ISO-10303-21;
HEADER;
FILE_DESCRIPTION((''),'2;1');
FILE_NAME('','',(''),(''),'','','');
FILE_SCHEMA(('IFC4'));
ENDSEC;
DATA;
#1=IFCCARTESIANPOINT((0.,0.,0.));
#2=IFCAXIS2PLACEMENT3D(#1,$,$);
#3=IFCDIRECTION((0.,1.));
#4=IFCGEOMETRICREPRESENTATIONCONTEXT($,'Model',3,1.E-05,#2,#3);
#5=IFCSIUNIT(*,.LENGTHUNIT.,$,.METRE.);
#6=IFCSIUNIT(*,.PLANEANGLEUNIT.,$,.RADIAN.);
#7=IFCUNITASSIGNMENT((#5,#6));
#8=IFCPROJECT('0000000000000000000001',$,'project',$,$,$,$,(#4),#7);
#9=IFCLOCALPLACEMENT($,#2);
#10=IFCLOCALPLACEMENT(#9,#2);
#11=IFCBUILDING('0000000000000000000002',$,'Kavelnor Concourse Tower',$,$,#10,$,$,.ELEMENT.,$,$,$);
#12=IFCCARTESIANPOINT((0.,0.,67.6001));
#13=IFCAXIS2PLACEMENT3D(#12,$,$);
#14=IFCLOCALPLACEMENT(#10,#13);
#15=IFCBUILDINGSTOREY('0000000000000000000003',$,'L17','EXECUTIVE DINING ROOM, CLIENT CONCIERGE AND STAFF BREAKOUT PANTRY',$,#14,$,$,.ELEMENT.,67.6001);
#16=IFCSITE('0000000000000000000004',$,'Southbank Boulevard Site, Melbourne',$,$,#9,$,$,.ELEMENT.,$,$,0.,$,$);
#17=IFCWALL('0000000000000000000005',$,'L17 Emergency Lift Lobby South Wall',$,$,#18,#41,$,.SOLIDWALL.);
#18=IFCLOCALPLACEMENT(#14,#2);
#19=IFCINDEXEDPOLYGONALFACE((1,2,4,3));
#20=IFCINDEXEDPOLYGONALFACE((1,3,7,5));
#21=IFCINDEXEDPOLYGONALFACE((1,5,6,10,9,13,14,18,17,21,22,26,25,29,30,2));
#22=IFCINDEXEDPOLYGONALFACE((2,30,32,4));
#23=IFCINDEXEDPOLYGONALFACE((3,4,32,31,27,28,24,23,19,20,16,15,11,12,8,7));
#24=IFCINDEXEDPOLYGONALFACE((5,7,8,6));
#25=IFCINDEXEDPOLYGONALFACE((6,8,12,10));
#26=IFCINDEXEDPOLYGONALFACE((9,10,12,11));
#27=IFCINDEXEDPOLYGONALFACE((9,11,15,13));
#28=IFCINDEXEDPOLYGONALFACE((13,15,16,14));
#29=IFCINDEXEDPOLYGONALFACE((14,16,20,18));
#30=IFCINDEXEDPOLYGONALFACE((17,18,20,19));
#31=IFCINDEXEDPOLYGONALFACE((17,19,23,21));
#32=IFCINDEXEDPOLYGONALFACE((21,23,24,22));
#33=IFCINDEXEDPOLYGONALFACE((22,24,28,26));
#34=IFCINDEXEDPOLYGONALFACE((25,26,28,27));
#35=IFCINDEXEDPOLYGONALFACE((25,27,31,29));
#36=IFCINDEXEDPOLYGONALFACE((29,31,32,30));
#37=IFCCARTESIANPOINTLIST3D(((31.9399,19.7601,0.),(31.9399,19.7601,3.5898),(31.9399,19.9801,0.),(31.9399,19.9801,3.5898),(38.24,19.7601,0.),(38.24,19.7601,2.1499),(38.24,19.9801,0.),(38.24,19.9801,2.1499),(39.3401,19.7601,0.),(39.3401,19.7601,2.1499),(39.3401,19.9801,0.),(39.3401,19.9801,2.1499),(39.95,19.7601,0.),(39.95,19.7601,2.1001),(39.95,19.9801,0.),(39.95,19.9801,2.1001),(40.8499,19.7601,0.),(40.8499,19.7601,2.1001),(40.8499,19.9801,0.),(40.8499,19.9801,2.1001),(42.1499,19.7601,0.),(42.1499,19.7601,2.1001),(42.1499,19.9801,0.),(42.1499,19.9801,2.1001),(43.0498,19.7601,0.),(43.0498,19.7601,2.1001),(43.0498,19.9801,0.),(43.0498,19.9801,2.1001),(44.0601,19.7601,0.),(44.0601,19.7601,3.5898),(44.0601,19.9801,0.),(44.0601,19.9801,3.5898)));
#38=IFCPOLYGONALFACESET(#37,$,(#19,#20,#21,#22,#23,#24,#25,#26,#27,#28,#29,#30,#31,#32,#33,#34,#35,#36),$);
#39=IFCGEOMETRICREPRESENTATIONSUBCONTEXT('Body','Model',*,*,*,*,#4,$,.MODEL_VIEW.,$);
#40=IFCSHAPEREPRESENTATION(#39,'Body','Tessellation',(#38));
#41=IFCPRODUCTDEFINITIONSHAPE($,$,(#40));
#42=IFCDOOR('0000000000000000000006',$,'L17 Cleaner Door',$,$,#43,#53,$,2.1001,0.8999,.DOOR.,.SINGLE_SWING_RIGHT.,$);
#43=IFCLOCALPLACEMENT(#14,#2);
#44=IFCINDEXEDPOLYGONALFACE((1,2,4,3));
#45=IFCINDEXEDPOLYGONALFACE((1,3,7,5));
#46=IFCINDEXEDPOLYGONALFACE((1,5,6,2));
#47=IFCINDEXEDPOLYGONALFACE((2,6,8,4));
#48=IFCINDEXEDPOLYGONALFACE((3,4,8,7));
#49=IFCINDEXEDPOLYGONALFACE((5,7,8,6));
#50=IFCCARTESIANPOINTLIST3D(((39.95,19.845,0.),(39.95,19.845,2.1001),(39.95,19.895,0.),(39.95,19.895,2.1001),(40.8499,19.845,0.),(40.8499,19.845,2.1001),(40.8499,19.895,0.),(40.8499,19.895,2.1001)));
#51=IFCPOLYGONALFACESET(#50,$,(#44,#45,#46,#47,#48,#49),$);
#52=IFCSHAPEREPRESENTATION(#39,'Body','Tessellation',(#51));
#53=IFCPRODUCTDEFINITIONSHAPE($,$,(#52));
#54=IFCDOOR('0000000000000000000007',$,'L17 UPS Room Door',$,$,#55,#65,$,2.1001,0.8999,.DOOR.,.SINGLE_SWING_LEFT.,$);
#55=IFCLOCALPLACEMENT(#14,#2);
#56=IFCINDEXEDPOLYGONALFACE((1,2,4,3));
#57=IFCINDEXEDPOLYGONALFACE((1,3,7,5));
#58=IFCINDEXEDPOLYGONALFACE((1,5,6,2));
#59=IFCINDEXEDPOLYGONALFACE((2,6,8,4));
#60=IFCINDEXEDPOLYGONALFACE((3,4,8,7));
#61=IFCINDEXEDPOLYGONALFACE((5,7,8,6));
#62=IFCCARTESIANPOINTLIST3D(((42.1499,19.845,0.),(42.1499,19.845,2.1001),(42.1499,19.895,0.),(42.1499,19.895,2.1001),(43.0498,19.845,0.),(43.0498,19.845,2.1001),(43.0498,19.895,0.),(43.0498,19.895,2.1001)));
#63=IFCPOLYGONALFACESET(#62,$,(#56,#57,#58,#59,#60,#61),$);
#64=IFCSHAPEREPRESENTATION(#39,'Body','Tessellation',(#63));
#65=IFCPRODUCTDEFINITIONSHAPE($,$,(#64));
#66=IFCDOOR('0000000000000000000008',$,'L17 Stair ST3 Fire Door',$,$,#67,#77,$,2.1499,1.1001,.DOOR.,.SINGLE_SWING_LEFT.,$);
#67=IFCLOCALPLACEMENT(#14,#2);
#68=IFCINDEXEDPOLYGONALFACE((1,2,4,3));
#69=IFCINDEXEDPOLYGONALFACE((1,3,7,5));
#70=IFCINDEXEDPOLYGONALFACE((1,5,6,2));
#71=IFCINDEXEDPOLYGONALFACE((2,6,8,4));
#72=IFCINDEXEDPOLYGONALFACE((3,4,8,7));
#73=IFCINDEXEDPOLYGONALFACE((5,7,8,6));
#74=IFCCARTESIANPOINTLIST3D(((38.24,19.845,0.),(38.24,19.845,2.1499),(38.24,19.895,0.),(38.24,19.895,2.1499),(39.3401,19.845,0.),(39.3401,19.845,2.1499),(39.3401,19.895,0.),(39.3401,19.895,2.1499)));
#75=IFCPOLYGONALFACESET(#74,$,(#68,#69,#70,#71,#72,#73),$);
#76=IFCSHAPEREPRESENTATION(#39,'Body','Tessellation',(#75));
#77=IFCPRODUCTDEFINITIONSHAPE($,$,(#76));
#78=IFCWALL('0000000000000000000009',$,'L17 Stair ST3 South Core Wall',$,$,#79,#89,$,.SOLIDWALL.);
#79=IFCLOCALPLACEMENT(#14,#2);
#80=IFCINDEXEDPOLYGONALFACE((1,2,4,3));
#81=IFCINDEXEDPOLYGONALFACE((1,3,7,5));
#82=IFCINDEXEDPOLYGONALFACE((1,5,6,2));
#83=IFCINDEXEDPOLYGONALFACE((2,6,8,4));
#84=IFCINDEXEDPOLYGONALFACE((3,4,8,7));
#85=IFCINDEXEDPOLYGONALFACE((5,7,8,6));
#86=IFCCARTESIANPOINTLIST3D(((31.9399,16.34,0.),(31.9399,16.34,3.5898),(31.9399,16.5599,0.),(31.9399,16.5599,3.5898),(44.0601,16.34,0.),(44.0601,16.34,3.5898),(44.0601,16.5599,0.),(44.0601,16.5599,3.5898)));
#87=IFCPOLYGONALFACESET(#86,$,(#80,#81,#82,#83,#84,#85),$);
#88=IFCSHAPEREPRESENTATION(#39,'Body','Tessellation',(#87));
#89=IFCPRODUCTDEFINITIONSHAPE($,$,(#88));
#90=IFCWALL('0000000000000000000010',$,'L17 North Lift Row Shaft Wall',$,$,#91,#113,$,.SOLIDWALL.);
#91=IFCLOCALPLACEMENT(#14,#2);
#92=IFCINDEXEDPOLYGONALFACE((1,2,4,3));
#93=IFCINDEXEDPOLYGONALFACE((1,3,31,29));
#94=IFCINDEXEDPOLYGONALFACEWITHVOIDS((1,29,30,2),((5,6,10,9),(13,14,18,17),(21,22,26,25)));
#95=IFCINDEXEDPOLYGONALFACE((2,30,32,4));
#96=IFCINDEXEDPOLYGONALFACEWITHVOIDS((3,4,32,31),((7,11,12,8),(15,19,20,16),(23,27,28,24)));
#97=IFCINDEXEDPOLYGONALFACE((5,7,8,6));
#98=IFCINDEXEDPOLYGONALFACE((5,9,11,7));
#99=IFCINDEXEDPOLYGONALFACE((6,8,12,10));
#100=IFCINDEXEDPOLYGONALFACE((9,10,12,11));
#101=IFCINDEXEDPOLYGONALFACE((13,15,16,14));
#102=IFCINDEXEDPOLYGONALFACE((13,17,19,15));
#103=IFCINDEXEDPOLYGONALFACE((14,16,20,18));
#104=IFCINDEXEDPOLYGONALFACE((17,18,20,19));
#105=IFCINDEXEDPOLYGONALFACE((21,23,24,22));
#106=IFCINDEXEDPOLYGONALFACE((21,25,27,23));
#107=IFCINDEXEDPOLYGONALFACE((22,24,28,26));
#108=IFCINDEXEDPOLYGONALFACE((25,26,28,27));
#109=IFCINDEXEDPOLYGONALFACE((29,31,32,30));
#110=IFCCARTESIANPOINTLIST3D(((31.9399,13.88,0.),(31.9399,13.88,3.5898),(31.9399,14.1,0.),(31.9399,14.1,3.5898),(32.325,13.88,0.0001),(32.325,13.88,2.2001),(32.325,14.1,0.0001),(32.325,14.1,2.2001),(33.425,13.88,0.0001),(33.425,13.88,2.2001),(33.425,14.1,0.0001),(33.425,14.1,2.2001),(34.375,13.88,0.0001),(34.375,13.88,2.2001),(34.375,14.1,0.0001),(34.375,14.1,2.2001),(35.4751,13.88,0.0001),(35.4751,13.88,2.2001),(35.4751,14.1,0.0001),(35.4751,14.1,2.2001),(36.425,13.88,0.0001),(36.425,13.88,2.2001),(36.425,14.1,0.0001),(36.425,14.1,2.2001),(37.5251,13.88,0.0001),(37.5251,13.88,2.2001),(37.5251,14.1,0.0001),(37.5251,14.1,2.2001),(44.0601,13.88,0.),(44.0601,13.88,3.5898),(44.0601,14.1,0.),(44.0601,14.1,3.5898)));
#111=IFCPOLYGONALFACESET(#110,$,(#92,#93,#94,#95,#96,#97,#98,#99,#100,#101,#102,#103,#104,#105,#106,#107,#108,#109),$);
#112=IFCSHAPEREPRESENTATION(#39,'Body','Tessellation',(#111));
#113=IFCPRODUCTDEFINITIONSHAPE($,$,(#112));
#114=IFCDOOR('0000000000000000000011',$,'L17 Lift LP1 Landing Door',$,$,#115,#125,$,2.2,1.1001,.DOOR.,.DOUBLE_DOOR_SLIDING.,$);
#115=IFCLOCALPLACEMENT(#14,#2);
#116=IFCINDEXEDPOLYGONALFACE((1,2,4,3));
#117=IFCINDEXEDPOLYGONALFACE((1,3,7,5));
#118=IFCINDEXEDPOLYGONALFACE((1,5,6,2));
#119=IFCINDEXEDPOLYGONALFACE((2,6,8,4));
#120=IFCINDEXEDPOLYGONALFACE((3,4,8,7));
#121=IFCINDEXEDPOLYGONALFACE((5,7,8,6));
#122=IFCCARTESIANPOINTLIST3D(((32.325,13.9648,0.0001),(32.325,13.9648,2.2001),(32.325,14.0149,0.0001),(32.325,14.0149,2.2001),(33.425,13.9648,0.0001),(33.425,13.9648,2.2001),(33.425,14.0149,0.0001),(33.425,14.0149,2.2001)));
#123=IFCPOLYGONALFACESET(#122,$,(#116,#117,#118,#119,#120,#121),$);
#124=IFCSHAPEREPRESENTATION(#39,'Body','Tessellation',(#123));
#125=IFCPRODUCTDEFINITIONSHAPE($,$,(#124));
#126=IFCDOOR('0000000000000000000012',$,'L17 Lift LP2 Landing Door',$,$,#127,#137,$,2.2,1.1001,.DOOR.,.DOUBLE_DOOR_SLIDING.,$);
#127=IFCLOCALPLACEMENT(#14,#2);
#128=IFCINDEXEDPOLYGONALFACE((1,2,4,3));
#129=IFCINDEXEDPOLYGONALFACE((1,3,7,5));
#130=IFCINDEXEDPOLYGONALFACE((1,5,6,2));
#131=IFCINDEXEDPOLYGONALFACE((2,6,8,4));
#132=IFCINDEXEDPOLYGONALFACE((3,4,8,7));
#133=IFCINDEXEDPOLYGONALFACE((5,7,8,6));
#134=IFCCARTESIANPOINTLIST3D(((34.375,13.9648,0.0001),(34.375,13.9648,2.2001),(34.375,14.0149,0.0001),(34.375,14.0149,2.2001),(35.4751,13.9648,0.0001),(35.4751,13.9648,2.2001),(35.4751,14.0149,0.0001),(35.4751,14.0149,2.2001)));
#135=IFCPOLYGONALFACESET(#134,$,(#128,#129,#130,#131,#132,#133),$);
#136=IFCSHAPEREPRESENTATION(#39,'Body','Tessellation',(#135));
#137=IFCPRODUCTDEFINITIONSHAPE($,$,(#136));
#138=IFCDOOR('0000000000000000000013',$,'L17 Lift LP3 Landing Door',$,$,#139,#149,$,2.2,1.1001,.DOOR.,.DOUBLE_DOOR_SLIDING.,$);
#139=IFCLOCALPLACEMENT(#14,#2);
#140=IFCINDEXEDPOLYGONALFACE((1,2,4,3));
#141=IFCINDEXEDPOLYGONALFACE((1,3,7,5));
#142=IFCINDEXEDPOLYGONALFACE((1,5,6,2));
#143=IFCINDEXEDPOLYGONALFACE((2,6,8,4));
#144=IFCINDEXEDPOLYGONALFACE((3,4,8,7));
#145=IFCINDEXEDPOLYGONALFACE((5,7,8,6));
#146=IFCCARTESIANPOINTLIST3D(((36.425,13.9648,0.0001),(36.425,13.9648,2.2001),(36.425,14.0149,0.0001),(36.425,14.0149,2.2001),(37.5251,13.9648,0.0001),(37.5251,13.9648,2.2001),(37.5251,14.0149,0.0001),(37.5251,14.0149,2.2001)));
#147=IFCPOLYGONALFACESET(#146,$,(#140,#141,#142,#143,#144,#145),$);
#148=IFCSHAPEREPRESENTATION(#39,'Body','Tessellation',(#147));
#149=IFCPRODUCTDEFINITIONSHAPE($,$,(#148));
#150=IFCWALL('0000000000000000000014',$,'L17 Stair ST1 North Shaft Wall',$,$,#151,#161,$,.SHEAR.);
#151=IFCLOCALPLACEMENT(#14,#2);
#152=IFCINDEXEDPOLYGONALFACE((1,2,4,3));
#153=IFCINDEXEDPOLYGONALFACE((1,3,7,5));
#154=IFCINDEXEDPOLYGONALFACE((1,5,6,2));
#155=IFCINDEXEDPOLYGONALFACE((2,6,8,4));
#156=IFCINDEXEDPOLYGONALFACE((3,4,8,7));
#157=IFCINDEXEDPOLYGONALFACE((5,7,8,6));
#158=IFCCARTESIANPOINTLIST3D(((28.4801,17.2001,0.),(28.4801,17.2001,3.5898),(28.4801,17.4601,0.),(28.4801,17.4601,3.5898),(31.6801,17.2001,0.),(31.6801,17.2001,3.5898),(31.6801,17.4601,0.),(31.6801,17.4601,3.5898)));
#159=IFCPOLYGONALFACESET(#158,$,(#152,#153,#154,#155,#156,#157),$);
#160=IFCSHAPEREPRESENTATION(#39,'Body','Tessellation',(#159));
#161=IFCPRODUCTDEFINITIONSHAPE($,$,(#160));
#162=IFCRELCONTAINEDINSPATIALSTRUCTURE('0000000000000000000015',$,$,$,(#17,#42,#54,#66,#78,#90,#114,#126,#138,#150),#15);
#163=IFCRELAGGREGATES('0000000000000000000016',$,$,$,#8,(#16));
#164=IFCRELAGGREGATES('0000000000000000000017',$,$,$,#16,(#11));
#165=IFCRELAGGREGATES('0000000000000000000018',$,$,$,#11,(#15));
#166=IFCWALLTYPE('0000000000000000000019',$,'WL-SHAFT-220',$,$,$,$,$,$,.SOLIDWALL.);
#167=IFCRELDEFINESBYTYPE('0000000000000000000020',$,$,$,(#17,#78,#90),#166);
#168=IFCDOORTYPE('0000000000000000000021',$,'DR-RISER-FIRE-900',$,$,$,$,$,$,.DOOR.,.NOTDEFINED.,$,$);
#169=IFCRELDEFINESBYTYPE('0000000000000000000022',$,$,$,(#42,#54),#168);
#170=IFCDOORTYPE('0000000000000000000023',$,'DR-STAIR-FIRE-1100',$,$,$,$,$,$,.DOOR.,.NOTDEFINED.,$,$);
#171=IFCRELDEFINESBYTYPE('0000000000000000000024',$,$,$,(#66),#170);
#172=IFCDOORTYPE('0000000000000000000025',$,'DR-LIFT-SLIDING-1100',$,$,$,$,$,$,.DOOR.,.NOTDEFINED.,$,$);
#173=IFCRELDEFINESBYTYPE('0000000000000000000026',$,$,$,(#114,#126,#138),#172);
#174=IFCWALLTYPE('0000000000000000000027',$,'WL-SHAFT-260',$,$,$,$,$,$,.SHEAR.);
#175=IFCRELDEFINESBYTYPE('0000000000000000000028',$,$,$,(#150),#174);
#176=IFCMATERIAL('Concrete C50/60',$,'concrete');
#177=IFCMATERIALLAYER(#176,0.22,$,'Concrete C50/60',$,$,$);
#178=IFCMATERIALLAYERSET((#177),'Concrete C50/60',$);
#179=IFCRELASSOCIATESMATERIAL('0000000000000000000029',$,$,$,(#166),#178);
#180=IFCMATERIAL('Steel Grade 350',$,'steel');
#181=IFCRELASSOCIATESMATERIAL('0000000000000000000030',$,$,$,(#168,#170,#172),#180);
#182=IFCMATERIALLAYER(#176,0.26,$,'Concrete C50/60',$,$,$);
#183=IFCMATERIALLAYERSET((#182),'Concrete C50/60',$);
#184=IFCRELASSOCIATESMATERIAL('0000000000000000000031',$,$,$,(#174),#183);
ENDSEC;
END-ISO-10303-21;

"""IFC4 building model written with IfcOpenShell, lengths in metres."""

from ifc_helpers import new_model, si_unit, direction, frame, frame_2d, origin, place, context, subcontext, project, spatial, rectangle, extrude, material, layer, layer_set, type_object, element, fill, save


model = new_model("IFC4")

# Units and contexts
model_context = context("Model", 3, precision=1e-05, world=origin(), true_north=direction((0.0, 1.0)))
body_context = subcontext(model_context, "Body", "Model", "MODEL_VIEW")
ifc_project = project(units=[si_unit("LENGTHUNIT", "METRE"), si_unit("PLANEANGLEUNIT", "RADIAN")], contexts=[model_context])

# Site, building, storey
site_placement = place(None, origin())
site = spatial("IfcSite", under=ifc_project, at=site_placement, Name="Southbank Boulevard Site, Melbourne", CompositionType="ELEMENT", RefElevation=0.0)
building_placement = place(site_placement, origin())
building = spatial("IfcBuilding", under=site, at=building_placement, Name="Kavelnor Concourse Tower", CompositionType="ELEMENT")
storey_placement = place(building_placement, frame((0.0, 0.0, 67.6001)))
storey = spatial("IfcBuildingStorey", under=building, at=storey_placement, Name="L17", Description="EXECUTIVE DINING ROOM, CLIENT CONCIERGE AND STAFF BREAKOUT PANTRY", CompositionType="ELEMENT", Elevation=67.6001)

# Shared definitions
ifc_material_1 = material(Name="Steel Grade 350", Category="steel")

# Wall, openings, doors
ifc_material_2 = material(Name="Concrete C50/60", Category="concrete")
ifc_layer_1 = layer(ifc_material_2, 0.22, Name="Concrete C50/60")
ifc_layer_set_1 = layer_set([ifc_layer_1], Name="Concrete C50/60")
wall_type_1 = type_object("IfcWallType", Name="WL-SHAFT-220", PredefinedType="SOLIDWALL", material=ifc_layer_set_1)
wall_1_placement = place(storey_placement, frame((31.9399, 19.8701, 0.0), z_axis=(0.0, 0.0, 1.0), x_axis=(1.0, 0.0, 0.0)))
wall_1 = element("IfcWall", 1, at=wall_1_placement, inside=storey, type_object=wall_type_1, Name="L17 Emergency Lift Lobby South Wall", PredefinedType="SOLIDWALL", context=body_context, shape_type="SweptSolid", body=[
    extrude(rectangle(XDim=12.1201, YDim=0.22, at=frame_2d((6.0601, 0.0))), origin(), (0.0, 0.0, 1.0), 3.5898),
])
opening_1_placement = place(wall_1_placement, frame((6.3, 0.0, 0.0)))
opening_1 = element("IfcOpeningElement", 2, at=opening_1_placement, cuts=wall_1, PredefinedType="OPENING", context=body_context, shape_type="SweptSolid", body=[
    extrude(rectangle(XDim=1.1001, YDim=2.1499, at=frame_2d((0.55, 1.075))), frame((0.0, 0.1201, 0.0), z_axis=(0.0, -1.0, 0.0), x_axis=(1.0, 0.0, 0.0)), (0.0, 0.0, 1.0), 0.24),
])
opening_2_placement = place(wall_1_placement, frame((8.01, 0.0, 0.0)))
opening_2 = element("IfcOpeningElement", 3, at=opening_2_placement, cuts=wall_1, PredefinedType="OPENING", context=body_context, shape_type="SweptSolid", body=[
    extrude(rectangle(XDim=0.8999, YDim=2.1001, at=frame_2d((0.45, 1.05))), frame((0.0, 0.1201, 0.0), z_axis=(0.0, -1.0, 0.0), x_axis=(1.0, 0.0, 0.0)), (0.0, 0.0, 1.0), 0.24),
])
opening_3_placement = place(wall_1_placement, frame((10.21, 0.0, 0.0)))
opening_3 = element("IfcOpeningElement", 4, at=opening_3_placement, cuts=wall_1, PredefinedType="OPENING", context=body_context, shape_type="SweptSolid", body=[
    extrude(rectangle(XDim=0.8999, YDim=2.1001, at=frame_2d((0.45, 1.05))), frame((0.0, 0.1201, 0.0), z_axis=(0.0, -1.0, 0.0), x_axis=(1.0, 0.0, 0.0)), (0.0, 0.0, 1.0), 0.24),
])
door_type_1 = type_object("IfcDoorType", Name="DR-RISER-FIRE-900", OperationType="NOTDEFINED", PredefinedType="DOOR", material=ifc_material_1)
door_1_placement = place(opening_2_placement, origin())
door_1 = element("IfcDoor", 5, at=door_1_placement, inside=storey, type_object=door_type_1, Name="L17 Cleaner Door", OperationType="SINGLE_SWING_RIGHT", OverallHeight=2.1001, OverallWidth=0.8999, PredefinedType="DOOR", context=body_context, shape_type="SweptSolid", body=[
    extrude(rectangle(XDim=0.8999, YDim=2.1001, at=frame_2d((0.45, 1.05))), frame((0.0, 0.0249, 0.0), z_axis=(0.0, -1.0, 0.0), x_axis=(1.0, 0.0, 0.0)), (0.0, 0.0, 1.0), 0.05),
])
fill(opening_2, door_1)
door_2_placement = place(opening_3_placement, origin())
door_2 = element("IfcDoor", 6, at=door_2_placement, inside=storey, type_object=door_type_1, Name="L17 UPS Room Door", OperationType="SINGLE_SWING_LEFT", OverallHeight=2.1001, OverallWidth=0.8999, PredefinedType="DOOR", context=body_context, shape_type="SweptSolid", body=[
    extrude(rectangle(XDim=0.8999, YDim=2.1001, at=frame_2d((0.45, 1.05))), frame((0.0, 0.0249, 0.0), z_axis=(0.0, -1.0, 0.0), x_axis=(1.0, 0.0, 0.0)), (0.0, 0.0, 1.0), 0.05),
])
fill(opening_3, door_2)
door_type_2 = type_object("IfcDoorType", Name="DR-STAIR-FIRE-1100", OperationType="NOTDEFINED", PredefinedType="DOOR", material=ifc_material_1)
door_3_placement = place(opening_1_placement, origin())
door_3 = element("IfcDoor", 7, at=door_3_placement, inside=storey, type_object=door_type_2, Name="L17 Stair ST3 Fire Door", OperationType="SINGLE_SWING_LEFT", OverallHeight=2.1499, OverallWidth=1.1001, PredefinedType="DOOR", context=body_context, shape_type="SweptSolid", body=[
    extrude(rectangle(XDim=1.1001, YDim=2.1499, at=frame_2d((0.55, 1.075))), frame((0.0, 0.0249, 0.0), z_axis=(0.0, -1.0, 0.0), x_axis=(1.0, 0.0, 0.0)), (0.0, 0.0, 1.0), 0.05),
])
fill(opening_1, door_3)

# Wall
wall_2_placement = place(storey_placement, frame((31.9399, 16.45, 0.0), z_axis=(0.0, 0.0, 1.0), x_axis=(1.0, 0.0, 0.0)))
element("IfcWall", 8, at=wall_2_placement, inside=storey, type_object=wall_type_1, Name="L17 Stair ST3 South Core Wall", PredefinedType="SOLIDWALL", context=body_context, shape_type="SweptSolid", body=[
    extrude(rectangle(XDim=12.1201, YDim=0.22, at=frame_2d((6.0601, 0.0))), origin(), (0.0, 0.0, 1.0), 3.5898),
])

# Wall, openings, doors
wall_3_placement = place(storey_placement, frame((31.9399, 13.99, 0.0), z_axis=(0.0, 0.0, 1.0), x_axis=(1.0, 0.0, 0.0)))
wall_3 = element("IfcWall", 9, at=wall_3_placement, inside=storey, type_object=wall_type_1, Name="L17 North Lift Row Shaft Wall", PredefinedType="SOLIDWALL", context=body_context, shape_type="SweptSolid", body=[
    extrude(rectangle(XDim=12.1201, YDim=0.22, at=frame_2d((6.0601, 0.0))), origin(), (0.0, 0.0, 1.0), 3.5898),
])
opening_4_placement = place(wall_3_placement, frame((0.385, 0.0, 0.0)))
opening_4 = element("IfcOpeningElement", 10, at=opening_4_placement, cuts=wall_3, PredefinedType="OPENING", context=body_context, shape_type="SweptSolid", body=[
    extrude(rectangle(XDim=1.1001, YDim=2.2, at=frame_2d((0.55, 1.1001))), frame((0.0, 0.1201, 0.0), z_axis=(0.0, -1.0, 0.0), x_axis=(1.0, 0.0, 0.0)), (0.0, 0.0, 1.0), 0.24),
])
opening_5_placement = place(wall_3_placement, frame((2.4351, 0.0, 0.0)))
opening_5 = element("IfcOpeningElement", 11, at=opening_5_placement, cuts=wall_3, PredefinedType="OPENING", context=body_context, shape_type="SweptSolid", body=[
    extrude(rectangle(XDim=1.1001, YDim=2.2, at=frame_2d((0.55, 1.1001))), frame((0.0, 0.1201, 0.0), z_axis=(0.0, -1.0, 0.0), x_axis=(1.0, 0.0, 0.0)), (0.0, 0.0, 1.0), 0.24),
])
opening_6_placement = place(wall_3_placement, frame((4.4851, 0.0, 0.0)))
opening_6 = element("IfcOpeningElement", 12, at=opening_6_placement, cuts=wall_3, PredefinedType="OPENING", context=body_context, shape_type="SweptSolid", body=[
    extrude(rectangle(XDim=1.1001, YDim=2.2, at=frame_2d((0.55, 1.1001))), frame((0.0, 0.1201, 0.0), z_axis=(0.0, -1.0, 0.0), x_axis=(1.0, 0.0, 0.0)), (0.0, 0.0, 1.0), 0.24),
])
door_type_3 = type_object("IfcDoorType", Name="DR-LIFT-SLIDING-1100", OperationType="NOTDEFINED", PredefinedType="DOOR", material=ifc_material_1)
door_4_placement = place(opening_4_placement, origin())
door_4 = element("IfcDoor", 13, at=door_4_placement, inside=storey, type_object=door_type_3, Name="L17 Lift LP1 Landing Door", OperationType="DOUBLE_DOOR_SLIDING", OverallHeight=2.2, OverallWidth=1.1001, PredefinedType="DOOR", context=body_context, shape_type="SweptSolid", body=[
    extrude(rectangle(XDim=1.1001, YDim=2.2, at=frame_2d((0.55, 1.1001))), frame((0.0, 0.0249, 0.0), z_axis=(0.0, -1.0, 0.0), x_axis=(1.0, 0.0, 0.0)), (0.0, 0.0, 1.0), 0.05),
])
fill(opening_4, door_4)
door_5_placement = place(opening_5_placement, origin())
door_5 = element("IfcDoor", 14, at=door_5_placement, inside=storey, type_object=door_type_3, Name="L17 Lift LP2 Landing Door", OperationType="DOUBLE_DOOR_SLIDING", OverallHeight=2.2, OverallWidth=1.1001, PredefinedType="DOOR", context=body_context, shape_type="SweptSolid", body=[
    extrude(rectangle(XDim=1.1001, YDim=2.2, at=frame_2d((0.55, 1.1001))), frame((0.0, 0.0249, 0.0), z_axis=(0.0, -1.0, 0.0), x_axis=(1.0, 0.0, 0.0)), (0.0, 0.0, 1.0), 0.05),
])
fill(opening_5, door_5)
door_6_placement = place(opening_6_placement, origin())
door_6 = element("IfcDoor", 15, at=door_6_placement, inside=storey, type_object=door_type_3, Name="L17 Lift LP3 Landing Door", OperationType="DOUBLE_DOOR_SLIDING", OverallHeight=2.2, OverallWidth=1.1001, PredefinedType="DOOR", context=body_context, shape_type="SweptSolid", body=[
    extrude(rectangle(XDim=1.1001, YDim=2.2, at=frame_2d((0.55, 1.1001))), frame((0.0, 0.0249, 0.0), z_axis=(0.0, -1.0, 0.0), x_axis=(1.0, 0.0, 0.0)), (0.0, 0.0, 1.0), 0.05),
])
fill(opening_6, door_6)

# Wall
ifc_layer_2 = layer(ifc_material_2, 0.26, Name="Concrete C50/60")
ifc_layer_set_2 = layer_set([ifc_layer_2], Name="Concrete C50/60")
wall_type_2 = type_object("IfcWallType", Name="WL-SHAFT-260", PredefinedType="SHEAR", material=ifc_layer_set_2)
for number, where, z_axis, x_axis, name in (
    (16, (28.48, 17.3301, 0.0), (0.0, 0.0, 1.0), (1.0, 0.0, 0.0), "L17 Stair ST1 North Shaft Wall"),
):
    element("IfcWall", number, at=place(storey_placement, frame(where, z_axis=z_axis, x_axis=x_axis)), inside=storey, type_object=wall_type_2, Name=name, PredefinedType="SHEAR", context=body_context, shape_type="SweptSolid", body=[
        extrude(rectangle(XDim=3.2, YDim=0.26, at=frame_2d((1.6001, 0.0))), origin(), (0.0, 0.0, 1.0), 3.5898),
    ])

save(model, "model.ifc")
